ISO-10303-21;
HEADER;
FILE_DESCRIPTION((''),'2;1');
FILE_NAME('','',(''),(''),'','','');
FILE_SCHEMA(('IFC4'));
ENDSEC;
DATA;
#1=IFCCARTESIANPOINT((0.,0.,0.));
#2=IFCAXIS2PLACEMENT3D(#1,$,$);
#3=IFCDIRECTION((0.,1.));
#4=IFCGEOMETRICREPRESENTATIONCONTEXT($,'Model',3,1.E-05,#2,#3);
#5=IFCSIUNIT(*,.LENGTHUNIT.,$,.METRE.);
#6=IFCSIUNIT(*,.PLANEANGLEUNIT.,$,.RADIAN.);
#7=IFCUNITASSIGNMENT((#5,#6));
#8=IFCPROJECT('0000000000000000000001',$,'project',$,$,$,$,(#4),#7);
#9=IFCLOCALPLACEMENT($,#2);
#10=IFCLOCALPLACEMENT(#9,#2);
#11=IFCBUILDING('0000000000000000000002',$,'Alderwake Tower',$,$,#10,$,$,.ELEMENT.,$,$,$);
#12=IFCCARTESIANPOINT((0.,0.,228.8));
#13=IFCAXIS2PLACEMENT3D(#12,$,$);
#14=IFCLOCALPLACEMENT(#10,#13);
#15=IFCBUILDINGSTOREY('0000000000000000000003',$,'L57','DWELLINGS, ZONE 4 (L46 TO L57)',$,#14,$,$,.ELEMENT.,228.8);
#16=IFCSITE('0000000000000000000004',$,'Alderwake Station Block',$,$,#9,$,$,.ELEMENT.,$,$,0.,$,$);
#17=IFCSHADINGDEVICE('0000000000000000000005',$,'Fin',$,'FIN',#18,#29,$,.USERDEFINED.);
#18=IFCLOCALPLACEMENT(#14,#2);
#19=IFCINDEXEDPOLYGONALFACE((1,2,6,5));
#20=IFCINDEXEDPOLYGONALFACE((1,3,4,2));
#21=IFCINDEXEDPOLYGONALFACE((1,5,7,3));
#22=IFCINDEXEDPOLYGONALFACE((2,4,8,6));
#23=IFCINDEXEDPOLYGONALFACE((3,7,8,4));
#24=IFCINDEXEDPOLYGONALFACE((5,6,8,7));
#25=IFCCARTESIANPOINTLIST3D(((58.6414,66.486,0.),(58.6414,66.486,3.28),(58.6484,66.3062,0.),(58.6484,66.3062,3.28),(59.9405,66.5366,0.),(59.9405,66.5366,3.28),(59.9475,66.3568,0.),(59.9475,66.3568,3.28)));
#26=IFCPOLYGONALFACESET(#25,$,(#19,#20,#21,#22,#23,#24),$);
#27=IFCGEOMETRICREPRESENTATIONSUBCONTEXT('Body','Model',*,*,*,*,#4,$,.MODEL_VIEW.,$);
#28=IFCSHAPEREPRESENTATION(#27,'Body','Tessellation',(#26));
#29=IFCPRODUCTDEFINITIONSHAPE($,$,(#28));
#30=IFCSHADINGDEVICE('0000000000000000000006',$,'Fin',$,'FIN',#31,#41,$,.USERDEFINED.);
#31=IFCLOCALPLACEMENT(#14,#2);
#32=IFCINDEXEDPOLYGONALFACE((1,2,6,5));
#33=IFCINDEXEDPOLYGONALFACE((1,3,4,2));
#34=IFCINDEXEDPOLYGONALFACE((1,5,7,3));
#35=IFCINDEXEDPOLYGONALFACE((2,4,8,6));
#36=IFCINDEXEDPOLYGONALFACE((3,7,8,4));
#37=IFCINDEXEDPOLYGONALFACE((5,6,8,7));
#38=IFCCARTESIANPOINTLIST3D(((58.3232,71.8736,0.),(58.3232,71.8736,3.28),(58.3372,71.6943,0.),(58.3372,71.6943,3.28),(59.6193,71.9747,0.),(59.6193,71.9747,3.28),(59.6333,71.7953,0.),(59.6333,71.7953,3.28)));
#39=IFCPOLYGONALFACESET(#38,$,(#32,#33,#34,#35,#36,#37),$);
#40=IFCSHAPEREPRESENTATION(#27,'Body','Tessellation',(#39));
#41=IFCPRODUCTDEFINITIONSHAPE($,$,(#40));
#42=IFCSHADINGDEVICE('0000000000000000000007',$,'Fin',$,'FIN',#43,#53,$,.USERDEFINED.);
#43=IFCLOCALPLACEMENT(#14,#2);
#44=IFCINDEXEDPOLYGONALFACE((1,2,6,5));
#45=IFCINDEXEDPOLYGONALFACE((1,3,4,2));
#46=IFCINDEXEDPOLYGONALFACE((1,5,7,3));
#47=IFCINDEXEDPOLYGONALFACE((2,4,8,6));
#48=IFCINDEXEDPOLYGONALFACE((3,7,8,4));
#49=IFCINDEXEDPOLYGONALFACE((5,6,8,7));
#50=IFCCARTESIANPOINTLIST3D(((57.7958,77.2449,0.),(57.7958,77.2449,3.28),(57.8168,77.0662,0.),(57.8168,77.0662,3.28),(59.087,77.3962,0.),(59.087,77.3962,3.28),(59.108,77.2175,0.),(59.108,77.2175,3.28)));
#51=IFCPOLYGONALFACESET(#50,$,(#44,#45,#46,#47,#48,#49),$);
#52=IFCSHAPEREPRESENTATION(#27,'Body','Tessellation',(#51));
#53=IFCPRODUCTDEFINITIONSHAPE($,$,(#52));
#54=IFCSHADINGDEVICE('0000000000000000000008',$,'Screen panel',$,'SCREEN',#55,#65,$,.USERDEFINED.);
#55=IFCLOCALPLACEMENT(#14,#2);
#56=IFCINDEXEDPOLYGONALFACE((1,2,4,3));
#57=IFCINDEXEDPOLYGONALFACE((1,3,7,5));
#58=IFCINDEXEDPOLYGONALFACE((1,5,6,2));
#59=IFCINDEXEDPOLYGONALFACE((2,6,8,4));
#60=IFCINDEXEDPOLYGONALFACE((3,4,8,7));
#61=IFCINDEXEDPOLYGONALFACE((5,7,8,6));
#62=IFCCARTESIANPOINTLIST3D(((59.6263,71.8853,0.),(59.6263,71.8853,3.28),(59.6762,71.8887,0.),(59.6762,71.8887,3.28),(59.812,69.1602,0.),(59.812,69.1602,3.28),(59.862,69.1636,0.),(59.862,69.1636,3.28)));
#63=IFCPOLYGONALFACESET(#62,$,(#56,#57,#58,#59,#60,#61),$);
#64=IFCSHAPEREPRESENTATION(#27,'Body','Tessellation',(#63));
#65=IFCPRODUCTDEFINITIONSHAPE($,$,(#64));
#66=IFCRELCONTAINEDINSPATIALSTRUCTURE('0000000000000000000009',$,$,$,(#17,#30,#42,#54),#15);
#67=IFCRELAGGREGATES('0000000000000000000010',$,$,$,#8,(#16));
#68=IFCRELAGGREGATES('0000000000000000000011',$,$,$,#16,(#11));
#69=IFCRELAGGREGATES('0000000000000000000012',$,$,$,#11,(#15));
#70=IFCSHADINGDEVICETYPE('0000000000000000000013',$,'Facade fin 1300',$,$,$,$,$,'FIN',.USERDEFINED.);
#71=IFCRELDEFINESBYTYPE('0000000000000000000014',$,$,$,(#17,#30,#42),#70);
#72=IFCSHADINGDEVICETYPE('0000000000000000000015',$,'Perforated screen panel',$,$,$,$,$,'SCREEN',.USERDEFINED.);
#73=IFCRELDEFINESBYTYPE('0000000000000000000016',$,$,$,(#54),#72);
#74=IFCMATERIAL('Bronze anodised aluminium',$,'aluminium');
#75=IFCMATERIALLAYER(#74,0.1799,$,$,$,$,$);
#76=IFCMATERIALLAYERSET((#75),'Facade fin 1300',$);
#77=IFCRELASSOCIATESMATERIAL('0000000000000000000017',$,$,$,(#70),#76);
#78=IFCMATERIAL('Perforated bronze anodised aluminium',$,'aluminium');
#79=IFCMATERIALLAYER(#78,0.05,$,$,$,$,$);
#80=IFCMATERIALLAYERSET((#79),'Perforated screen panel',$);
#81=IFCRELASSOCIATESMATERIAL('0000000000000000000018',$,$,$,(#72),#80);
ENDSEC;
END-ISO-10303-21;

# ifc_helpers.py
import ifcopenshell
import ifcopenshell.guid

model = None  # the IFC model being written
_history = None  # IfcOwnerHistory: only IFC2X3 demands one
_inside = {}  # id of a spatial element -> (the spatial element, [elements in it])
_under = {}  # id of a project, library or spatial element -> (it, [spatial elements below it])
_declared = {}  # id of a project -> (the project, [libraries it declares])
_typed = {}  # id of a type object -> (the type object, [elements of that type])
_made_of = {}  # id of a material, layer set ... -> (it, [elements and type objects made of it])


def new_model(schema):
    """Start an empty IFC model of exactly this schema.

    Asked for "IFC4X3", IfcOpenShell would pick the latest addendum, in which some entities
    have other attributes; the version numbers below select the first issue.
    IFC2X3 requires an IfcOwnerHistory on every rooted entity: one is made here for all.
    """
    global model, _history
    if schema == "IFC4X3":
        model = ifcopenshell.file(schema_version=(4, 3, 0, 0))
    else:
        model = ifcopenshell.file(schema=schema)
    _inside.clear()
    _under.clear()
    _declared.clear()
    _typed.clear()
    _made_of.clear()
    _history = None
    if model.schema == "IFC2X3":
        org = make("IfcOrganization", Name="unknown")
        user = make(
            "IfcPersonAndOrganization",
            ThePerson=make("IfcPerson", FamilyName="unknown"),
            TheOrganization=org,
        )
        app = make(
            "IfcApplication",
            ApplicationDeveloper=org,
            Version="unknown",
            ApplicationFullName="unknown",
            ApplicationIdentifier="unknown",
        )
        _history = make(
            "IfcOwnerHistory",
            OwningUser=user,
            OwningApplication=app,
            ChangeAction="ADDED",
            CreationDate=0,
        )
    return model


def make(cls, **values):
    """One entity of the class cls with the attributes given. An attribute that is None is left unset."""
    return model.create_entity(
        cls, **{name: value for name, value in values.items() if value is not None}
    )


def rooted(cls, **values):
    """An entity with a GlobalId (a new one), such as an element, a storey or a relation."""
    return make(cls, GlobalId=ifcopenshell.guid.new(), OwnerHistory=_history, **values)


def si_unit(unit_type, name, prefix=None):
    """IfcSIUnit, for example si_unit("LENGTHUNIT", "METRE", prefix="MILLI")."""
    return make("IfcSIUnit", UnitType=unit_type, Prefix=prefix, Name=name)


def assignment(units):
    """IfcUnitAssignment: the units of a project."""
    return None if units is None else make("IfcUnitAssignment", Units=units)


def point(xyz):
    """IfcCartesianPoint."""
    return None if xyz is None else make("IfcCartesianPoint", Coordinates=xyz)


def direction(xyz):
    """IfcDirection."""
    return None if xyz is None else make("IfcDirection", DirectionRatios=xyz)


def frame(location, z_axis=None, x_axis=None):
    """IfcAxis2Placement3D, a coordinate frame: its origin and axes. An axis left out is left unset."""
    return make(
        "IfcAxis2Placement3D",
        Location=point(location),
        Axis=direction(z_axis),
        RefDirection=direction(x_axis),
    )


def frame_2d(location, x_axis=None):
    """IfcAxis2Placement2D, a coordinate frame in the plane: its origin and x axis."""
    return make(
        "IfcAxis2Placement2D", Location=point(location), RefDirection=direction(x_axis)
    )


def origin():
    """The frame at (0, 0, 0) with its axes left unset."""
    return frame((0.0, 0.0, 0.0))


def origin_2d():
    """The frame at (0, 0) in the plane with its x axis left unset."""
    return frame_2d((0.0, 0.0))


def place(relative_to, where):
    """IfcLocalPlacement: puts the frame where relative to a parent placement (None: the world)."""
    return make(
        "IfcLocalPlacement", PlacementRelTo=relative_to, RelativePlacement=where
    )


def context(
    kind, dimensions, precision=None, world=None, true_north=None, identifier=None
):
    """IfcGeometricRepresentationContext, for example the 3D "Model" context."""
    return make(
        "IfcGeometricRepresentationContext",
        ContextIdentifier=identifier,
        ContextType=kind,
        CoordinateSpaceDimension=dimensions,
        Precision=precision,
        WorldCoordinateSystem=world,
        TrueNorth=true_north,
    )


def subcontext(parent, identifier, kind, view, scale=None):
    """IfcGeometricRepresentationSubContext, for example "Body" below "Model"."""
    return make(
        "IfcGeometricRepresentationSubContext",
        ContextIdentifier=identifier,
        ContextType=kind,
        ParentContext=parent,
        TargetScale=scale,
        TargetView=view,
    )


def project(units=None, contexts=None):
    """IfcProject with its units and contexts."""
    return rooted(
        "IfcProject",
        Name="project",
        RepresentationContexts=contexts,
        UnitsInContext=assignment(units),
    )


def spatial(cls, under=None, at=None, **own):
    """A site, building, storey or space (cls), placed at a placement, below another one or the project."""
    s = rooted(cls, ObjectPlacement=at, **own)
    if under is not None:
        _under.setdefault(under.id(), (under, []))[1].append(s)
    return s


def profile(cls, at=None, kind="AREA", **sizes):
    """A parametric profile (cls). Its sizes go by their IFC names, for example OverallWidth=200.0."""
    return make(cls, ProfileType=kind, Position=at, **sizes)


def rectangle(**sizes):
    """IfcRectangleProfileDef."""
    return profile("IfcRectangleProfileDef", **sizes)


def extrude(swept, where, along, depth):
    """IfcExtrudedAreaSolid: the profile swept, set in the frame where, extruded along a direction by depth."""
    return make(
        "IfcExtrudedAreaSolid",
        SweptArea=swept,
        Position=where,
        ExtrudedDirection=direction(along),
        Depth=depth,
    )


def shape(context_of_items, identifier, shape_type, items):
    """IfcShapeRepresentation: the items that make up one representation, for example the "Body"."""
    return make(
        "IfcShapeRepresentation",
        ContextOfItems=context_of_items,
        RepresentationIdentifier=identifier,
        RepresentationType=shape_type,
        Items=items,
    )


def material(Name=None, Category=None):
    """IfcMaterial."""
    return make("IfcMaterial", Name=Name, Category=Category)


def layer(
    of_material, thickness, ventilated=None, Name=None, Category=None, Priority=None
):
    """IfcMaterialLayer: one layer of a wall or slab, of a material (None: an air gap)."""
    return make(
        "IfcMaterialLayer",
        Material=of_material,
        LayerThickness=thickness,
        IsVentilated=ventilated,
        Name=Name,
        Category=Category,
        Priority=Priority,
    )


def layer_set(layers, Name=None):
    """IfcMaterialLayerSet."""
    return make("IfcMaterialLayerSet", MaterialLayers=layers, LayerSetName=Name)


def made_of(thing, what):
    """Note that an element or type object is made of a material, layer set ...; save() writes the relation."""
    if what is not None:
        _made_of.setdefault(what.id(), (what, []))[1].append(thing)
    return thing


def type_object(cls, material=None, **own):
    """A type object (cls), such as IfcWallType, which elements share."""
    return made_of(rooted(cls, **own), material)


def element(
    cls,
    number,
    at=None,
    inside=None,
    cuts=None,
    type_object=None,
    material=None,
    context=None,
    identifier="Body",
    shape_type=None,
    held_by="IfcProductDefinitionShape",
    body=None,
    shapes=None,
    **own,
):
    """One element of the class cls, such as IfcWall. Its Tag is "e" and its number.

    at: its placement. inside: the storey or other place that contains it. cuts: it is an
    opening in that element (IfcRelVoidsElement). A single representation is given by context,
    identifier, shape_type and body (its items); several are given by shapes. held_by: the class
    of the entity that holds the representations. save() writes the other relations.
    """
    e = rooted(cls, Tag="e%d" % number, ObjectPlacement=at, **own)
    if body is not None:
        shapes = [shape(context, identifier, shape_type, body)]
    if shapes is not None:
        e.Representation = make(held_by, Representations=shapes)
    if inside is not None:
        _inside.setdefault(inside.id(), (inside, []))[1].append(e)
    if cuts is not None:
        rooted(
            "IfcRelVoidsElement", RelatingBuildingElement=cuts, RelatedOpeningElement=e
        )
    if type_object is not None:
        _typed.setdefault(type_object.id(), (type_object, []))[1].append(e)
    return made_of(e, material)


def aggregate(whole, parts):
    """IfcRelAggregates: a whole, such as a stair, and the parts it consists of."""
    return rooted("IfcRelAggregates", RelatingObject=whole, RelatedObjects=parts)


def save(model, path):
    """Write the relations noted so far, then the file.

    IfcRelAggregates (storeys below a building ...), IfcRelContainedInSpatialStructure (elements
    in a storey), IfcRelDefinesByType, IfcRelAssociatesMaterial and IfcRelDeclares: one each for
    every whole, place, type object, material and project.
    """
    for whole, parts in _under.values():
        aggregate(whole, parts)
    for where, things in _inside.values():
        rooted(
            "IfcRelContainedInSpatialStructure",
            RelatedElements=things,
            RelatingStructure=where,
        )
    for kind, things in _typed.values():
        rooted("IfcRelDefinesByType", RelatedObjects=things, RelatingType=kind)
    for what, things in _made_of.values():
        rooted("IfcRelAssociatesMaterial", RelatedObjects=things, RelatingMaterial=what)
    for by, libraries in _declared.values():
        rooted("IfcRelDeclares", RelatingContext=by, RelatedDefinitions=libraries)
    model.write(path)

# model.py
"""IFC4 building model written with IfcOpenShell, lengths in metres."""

from ifc_helpers import new_model, si_unit, direction, frame, origin, origin_2d, place, context, subcontext, project, spatial, rectangle, extrude, material, layer, layer_set, type_object, element, save


model = new_model("IFC4")

# Units and contexts
model_context = context("Model", 3, precision=1e-05, world=origin(), true_north=direction((0.0, 1.0)))
body_context = subcontext(model_context, "Body", "Model", "MODEL_VIEW")
ifc_project = project(units=[si_unit("LENGTHUNIT", "METRE"), si_unit("PLANEANGLEUNIT", "RADIAN")], contexts=[model_context])

# Site, building, storey
site_placement = place(None, origin())
site = spatial("IfcSite", under=ifc_project, at=site_placement, Name="Alderwake Station Block", CompositionType="ELEMENT", RefElevation=0.0)
building_placement = place(site_placement, origin())
building = spatial("IfcBuilding", under=site, at=building_placement, Name="Alderwake Tower", CompositionType="ELEMENT")
storey_placement = place(building_placement, frame((0.0, 0.0, 228.8)))
storey = spatial("IfcBuildingStorey", under=building, at=storey_placement, Name="L57", Description="DWELLINGS, ZONE 4 (L46 TO L57)", CompositionType="ELEMENT", Elevation=228.8)

# Shading devices
ifc_material_1 = material(Name="Bronze anodised aluminium", Category="aluminium")
ifc_layer_1 = layer(ifc_material_1, 0.1799)
ifc_layer_set_1 = layer_set([ifc_layer_1], Name="Facade fin 1300")
shading_device_type_1 = type_object("IfcShadingDeviceType", Name="Facade fin 1300", ElementType="FIN", PredefinedType="USERDEFINED", material=ifc_layer_set_1)
for number, where, z_axis, x_axis, name in (
    (1, (59.2944, 66.4214, 0.0), (0.0, 0.0, 1.0), (0.999243, 0.03889, 0.0), "Fin"),
    (2, (58.9783, 71.8345, 0.0), (0.0, 0.0, 1.0), (0.996975, 0.077721, 0.0), "Fin"),
    (3, (58.4519, 77.2312, 0.0), (0.0, 0.0, 1.0), (0.993198, 0.116435, 0.0), "Fin"),
):
    element("IfcShadingDevice", number, at=place(storey_placement, frame(where, z_axis=z_axis, x_axis=x_axis)), inside=storey, type_object=shading_device_type_1, Name=name, ObjectType="FIN", PredefinedType="USERDEFINED", context=body_context, shape_type="SweptSolid", body=[
        extrude(rectangle(XDim=1.3, YDim=0.1799, at=origin_2d()), origin(), (0.0, 0.0, 1.0), 3.28),
    ])
ifc_material_2 = material(Name="Perforated bronze anodised aluminium", Category="aluminium")
ifc_layer_2 = layer(ifc_material_2, 0.05)
ifc_layer_set_2 = layer_set([ifc_layer_2], Name="Perforated screen panel")
shading_device_type_2 = type_object("IfcShadingDeviceType", Name="Perforated screen panel", ElementType="SCREEN", PredefinedType="USERDEFINED", material=ifc_layer_set_2)
shading_device_placement = place(storey_placement, frame((59.7441, 70.5244, 0.0), z_axis=(0.0, 0.0, 1.0), x_axis=(0.997685, 0.067998, 0.0)))
element("IfcShadingDevice", 4, at=shading_device_placement, inside=storey, type_object=shading_device_type_2, Name="Screen panel", ObjectType="SCREEN", PredefinedType="USERDEFINED", context=body_context, shape_type="SweptSolid", body=[
    extrude(rectangle(XDim=0.05, YDim=2.7314, at=origin_2d()), origin(), (0.0, 0.0, 1.0), 3.28),
])

save(model, "model.ifc")
